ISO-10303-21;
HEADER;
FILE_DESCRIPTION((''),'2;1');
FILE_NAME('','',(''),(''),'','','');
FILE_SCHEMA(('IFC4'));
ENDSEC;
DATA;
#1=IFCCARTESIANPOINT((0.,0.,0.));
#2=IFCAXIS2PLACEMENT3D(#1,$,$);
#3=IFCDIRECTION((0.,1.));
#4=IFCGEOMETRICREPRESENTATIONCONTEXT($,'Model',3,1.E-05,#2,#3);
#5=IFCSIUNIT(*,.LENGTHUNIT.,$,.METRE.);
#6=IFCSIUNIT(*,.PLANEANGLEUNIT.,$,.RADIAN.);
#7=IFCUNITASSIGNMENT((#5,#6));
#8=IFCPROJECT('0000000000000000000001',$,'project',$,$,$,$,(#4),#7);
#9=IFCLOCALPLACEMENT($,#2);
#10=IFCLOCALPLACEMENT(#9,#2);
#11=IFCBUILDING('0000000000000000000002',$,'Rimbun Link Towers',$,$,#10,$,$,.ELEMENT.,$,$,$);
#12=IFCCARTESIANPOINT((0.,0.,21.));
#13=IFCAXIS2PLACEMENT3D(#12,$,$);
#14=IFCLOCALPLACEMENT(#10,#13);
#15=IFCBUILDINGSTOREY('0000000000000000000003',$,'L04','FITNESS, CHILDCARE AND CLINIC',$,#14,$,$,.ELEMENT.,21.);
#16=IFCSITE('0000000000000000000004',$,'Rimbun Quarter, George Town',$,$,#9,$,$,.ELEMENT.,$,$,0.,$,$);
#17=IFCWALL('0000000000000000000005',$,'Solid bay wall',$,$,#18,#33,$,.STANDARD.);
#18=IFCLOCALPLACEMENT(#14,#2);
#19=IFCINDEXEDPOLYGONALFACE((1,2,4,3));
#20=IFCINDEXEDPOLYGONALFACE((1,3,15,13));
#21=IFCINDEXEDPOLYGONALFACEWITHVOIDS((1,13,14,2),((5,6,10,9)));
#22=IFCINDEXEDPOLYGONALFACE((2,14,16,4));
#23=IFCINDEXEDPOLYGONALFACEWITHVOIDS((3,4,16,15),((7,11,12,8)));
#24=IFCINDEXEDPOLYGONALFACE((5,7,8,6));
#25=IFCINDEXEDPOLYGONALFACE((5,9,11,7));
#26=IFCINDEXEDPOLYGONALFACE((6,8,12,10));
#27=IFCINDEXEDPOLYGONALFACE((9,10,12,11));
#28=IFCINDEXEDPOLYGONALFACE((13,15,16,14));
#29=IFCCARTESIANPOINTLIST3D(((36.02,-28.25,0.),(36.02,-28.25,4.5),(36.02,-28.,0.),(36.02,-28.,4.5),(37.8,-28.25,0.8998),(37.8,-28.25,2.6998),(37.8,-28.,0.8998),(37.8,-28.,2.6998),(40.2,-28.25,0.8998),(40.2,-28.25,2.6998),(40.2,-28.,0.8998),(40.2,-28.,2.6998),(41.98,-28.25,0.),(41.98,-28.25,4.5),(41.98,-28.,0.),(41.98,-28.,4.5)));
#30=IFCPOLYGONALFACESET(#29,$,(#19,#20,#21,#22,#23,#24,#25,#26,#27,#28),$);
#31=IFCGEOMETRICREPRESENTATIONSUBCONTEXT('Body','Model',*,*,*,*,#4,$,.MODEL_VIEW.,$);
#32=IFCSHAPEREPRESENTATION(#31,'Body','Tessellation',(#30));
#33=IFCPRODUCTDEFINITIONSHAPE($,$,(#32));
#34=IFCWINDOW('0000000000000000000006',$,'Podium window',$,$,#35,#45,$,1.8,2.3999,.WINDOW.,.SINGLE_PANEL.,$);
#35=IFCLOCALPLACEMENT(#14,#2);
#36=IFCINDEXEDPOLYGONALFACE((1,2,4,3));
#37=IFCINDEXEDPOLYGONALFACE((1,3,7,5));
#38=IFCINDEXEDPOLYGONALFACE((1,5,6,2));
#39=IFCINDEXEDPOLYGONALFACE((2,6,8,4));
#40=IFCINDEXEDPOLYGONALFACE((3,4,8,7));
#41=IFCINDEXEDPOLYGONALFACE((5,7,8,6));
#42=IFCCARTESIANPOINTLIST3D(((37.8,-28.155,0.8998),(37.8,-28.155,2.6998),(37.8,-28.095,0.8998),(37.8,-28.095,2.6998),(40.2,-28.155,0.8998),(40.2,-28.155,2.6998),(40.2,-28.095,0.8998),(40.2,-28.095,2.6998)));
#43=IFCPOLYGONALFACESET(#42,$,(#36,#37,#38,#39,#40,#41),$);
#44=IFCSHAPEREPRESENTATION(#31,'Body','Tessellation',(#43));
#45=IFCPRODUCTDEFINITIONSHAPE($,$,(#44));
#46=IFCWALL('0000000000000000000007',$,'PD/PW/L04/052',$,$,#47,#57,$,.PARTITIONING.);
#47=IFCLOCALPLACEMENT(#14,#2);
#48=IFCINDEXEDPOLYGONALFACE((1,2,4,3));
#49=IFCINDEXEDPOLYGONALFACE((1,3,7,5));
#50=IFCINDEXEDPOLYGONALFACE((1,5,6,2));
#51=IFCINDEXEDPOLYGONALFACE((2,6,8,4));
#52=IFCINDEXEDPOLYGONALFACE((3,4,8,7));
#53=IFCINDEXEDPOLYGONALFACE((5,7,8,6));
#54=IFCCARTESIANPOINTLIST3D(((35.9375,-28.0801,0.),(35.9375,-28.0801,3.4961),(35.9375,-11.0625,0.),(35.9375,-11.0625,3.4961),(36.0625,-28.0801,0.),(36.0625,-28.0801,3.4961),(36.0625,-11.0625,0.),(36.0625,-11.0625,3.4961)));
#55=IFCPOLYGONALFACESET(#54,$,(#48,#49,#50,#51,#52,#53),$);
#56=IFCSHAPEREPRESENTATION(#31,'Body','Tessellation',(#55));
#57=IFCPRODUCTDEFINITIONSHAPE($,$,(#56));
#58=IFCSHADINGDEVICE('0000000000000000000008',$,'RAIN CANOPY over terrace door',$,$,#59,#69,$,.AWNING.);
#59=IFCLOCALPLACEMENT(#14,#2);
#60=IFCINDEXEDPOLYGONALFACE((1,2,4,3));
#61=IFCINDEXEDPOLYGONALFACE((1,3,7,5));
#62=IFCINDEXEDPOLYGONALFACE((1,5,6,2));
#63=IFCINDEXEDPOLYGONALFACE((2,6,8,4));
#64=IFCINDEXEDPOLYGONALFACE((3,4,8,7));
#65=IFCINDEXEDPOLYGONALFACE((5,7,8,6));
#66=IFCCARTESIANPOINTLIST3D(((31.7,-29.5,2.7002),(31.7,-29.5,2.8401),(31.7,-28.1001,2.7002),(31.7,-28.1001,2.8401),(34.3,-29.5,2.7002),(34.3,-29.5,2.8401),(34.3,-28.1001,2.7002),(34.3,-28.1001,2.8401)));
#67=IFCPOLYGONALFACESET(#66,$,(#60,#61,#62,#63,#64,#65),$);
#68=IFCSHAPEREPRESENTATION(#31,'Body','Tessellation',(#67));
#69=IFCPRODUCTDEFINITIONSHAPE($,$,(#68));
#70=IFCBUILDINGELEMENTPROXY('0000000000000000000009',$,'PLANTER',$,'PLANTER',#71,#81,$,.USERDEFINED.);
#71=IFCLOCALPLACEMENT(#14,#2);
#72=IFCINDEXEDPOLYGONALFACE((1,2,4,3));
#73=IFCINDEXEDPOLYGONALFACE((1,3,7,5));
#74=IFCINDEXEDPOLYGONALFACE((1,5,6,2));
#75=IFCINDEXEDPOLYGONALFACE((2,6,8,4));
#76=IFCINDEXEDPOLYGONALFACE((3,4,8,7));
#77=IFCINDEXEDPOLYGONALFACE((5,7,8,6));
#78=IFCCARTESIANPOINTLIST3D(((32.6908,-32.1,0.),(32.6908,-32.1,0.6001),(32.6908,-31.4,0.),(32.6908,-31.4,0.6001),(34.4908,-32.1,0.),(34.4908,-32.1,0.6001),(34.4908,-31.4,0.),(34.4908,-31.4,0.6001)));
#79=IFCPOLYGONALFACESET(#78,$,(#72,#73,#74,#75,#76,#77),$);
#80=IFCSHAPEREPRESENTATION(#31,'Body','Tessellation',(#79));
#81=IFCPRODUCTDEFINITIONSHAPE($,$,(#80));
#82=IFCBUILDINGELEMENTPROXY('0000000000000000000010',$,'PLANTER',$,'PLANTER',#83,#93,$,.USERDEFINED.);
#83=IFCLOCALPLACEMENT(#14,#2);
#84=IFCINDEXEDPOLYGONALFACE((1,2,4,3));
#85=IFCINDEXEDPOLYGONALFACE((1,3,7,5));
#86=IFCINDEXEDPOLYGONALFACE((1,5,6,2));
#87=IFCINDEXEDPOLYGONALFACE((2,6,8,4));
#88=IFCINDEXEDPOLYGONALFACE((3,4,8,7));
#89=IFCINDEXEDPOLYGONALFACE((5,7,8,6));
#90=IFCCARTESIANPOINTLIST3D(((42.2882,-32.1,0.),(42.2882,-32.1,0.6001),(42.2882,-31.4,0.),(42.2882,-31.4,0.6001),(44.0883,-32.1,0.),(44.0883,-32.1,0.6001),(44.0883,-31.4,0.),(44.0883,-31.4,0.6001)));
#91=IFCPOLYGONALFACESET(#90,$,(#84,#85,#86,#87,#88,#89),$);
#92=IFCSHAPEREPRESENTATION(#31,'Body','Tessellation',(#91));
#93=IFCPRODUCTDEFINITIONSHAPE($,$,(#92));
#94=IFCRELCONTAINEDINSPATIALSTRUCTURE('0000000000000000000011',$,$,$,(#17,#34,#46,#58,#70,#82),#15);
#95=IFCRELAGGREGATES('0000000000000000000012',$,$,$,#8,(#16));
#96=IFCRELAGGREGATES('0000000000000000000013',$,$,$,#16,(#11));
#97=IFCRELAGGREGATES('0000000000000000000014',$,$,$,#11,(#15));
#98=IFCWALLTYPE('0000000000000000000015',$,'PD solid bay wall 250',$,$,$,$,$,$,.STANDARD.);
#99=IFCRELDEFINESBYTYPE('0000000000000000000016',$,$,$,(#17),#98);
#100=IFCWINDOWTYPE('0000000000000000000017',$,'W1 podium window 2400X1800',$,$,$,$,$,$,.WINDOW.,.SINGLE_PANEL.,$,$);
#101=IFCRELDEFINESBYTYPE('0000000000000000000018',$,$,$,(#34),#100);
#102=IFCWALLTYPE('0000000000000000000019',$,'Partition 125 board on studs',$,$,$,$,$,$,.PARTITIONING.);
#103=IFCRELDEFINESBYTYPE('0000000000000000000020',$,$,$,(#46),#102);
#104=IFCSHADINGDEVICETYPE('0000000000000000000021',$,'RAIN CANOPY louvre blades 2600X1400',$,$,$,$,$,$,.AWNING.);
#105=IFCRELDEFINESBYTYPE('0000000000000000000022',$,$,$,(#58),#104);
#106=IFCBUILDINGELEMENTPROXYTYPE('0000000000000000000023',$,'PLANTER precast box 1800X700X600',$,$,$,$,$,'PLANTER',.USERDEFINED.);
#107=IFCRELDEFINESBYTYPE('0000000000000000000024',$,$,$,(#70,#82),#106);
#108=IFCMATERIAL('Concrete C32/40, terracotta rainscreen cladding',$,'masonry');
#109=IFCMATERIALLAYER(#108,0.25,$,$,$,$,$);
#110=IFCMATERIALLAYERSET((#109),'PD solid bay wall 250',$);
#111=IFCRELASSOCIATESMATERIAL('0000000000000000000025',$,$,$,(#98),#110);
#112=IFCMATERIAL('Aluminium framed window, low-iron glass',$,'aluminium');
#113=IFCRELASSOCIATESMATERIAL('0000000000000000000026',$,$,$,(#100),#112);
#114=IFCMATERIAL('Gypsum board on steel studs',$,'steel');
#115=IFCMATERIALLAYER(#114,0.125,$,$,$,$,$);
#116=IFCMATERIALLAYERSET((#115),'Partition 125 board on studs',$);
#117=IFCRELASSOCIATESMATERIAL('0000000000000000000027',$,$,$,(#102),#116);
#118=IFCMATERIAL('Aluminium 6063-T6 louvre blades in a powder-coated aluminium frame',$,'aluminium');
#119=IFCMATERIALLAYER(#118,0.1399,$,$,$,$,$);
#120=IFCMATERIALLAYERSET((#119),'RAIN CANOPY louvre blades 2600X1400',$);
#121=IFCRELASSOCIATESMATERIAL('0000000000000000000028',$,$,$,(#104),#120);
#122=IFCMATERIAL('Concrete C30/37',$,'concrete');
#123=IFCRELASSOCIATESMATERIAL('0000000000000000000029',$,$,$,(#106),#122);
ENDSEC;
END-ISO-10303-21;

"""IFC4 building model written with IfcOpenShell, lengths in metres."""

from ifc_helpers import new_model, si_unit, direction, frame, frame_2d, origin, origin_2d, place, context, subcontext, project, spatial, rectangle, extrude, material, layer, layer_set, type_object, element, fill, save


model = new_model("IFC4")

# Units and contexts
model_context = context("Model", 3, precision=1e-05, world=origin(), true_north=direction((0.0, 1.0)))
body_context = subcontext(model_context, "Body", "Model", "MODEL_VIEW")
ifc_project = project(units=[si_unit("LENGTHUNIT", "METRE"), si_unit("PLANEANGLEUNIT", "RADIAN")], contexts=[model_context])

# Site, building, storey
site_placement = place(None, origin())
site = spatial("IfcSite", under=ifc_project, at=site_placement, Name="Rimbun Quarter, George Town", CompositionType="ELEMENT", RefElevation=0.0)
building_placement = place(site_placement, origin())
building = spatial("IfcBuilding", under=site, at=building_placement, Name="Rimbun Link Towers", CompositionType="ELEMENT")
storey_placement = place(building_placement, frame((0.0, 0.0, 21.0)))
storey = spatial("IfcBuildingStorey", under=building, at=storey_placement, Name="L04", Description="FITNESS, CHILDCARE AND CLINIC", CompositionType="ELEMENT", Elevation=21.0)

# Wall, opening, window
ifc_material_1 = material(Name="Concrete C32/40, terracotta rainscreen cladding", Category="masonry")
ifc_layer_1 = layer(ifc_material_1, 0.25)
ifc_layer_set_1 = layer_set([ifc_layer_1], Name="PD solid bay wall 250")
wall_type_1 = type_object("IfcWallType", Name="PD solid bay wall 250", PredefinedType="STANDARD", material=ifc_layer_set_1)
wall_1_placement = place(storey_placement, frame((41.98, -28.125, 0.0), z_axis=(0.0, 0.0, 1.0), x_axis=(-1.0, 0.0, 0.0)))
wall_1 = element("IfcWall", 1, at=wall_1_placement, inside=storey, type_object=wall_type_1, Name="Solid bay wall", PredefinedType="STANDARD", context=body_context, shape_type="SweptSolid", body=[
    extrude(rectangle(XDim=5.96, YDim=0.25, at=frame_2d((2.98, 0.0))), origin(), (0.0, 0.0, 1.0), 4.5),
])
opening_1_placement = place(wall_1_placement, frame((1.78, 0.0, 0.8999)))
opening_1 = element("IfcOpeningElement", 2, at=opening_1_placement, cuts=wall_1, PredefinedType="OPENING", context=body_context, shape_type="SweptSolid", body=[
    extrude(rectangle(XDim=2.3999, YDim=1.8, at=frame_2d((1.2, 0.8999))), frame((0.0, 0.135, 0.0), z_axis=(0.0, -1.0, 0.0), x_axis=(1.0, 0.0, 0.0)), (0.0, 0.0, 1.0), 0.27),
])
ifc_material_2 = material(Name="Aluminium framed window, low-iron glass", Category="aluminium")
window_type = type_object("IfcWindowType", Name="W1 podium window 2400X1800", PartitioningType="SINGLE_PANEL", PredefinedType="WINDOW", material=ifc_material_2)
window_placement = place(opening_1_placement, origin())
window = element("IfcWindow", 3, at=window_placement, inside=storey, type_object=window_type, Name="Podium window", OverallHeight=1.8, OverallWidth=2.3999, PartitioningType="SINGLE_PANEL", PredefinedType="WINDOW", context=body_context, shape_type="SweptSolid", body=[
    extrude(rectangle(XDim=2.3999, YDim=1.8, at=frame_2d((1.2, 0.8999))), frame((0.0, 0.03, 0.0), z_axis=(0.0, -1.0, 0.0), x_axis=(1.0, 0.0, 0.0)), (0.0, 0.0, 1.0), 0.0601),
])
fill(opening_1, window)

# Wall
ifc_material_3 = material(Name="Gypsum board on steel studs", Category="steel")
ifc_layer_2 = layer(ifc_material_3, 0.125)
ifc_layer_set_2 = layer_set([ifc_layer_2], Name="Partition 125 board on studs")
wall_type_2 = type_object("IfcWallType", Name="Partition 125 board on studs", PredefinedType="PARTITIONING", material=ifc_layer_set_2)
wall_2_placement = place(storey_placement, frame((36.0, -28.0801, 0.0), z_axis=(0.0, 0.0, 1.0), x_axis=(0.0, 1.0, 0.0)))
element("IfcWall", 4, at=wall_2_placement, inside=storey, type_object=wall_type_2, Name="PD/PW/L04/052", PredefinedType="PARTITIONING", context=body_context, shape_type="SweptSolid", body=[
    extrude(rectangle(XDim=17.0176, YDim=0.125, at=frame_2d((8.5088, 0.0))), origin(), (0.0, 0.0, 1.0), 3.4961),
])

# Shading device
ifc_material_4 = material(Name="Aluminium 6063-T6 louvre blades in a powder-coated aluminium frame", Category="aluminium")
ifc_layer_3 = layer(ifc_material_4, 0.1399)
ifc_layer_set_3 = layer_set([ifc_layer_3], Name="RAIN CANOPY louvre blades 2600X1400")
shading_device_type = type_object("IfcShadingDeviceType", Name="RAIN CANOPY louvre blades 2600X1400", PredefinedType="AWNING", material=ifc_layer_set_3)
shading_device_placement = place(storey_placement, frame((33.0, -28.8, 2.7002), z_axis=(0.0, 0.0, 1.0), x_axis=(-1.0, 0.0, 0.0)))
element("IfcShadingDevice", 5, at=shading_device_placement, inside=storey, type_object=shading_device_type, Name="RAIN CANOPY over terrace door", PredefinedType="AWNING", context=body_context, shape_type="SweptSolid", body=[
    extrude(rectangle(XDim=2.6001, YDim=1.3999, at=origin_2d()), origin(), (0.0, 0.0, 1.0), 0.1399),
])

# Building element proxies
ifc_material_5 = material(Name="Concrete C30/37", Category="concrete")
building_element_proxy_type = type_object("IfcBuildingElementProxyType", Name="PLANTER precast box 1800X700X600", ElementType="PLANTER", PredefinedType="USERDEFINED", material=ifc_material_5)
for number, where, z_axis, x_axis, name in (
    (6, (33.5908, -31.75, 0.0), (0.0, 0.0, 1.0), (1.0, 0.0, 0.0), "PLANTER"),
    (7, (43.1882, -31.75, 0.0), (0.0, 0.0, 1.0), (1.0, 0.0, 0.0), "PLANTER"),
):
    element("IfcBuildingElementProxy", number, at=place(storey_placement, frame(where, z_axis=z_axis, x_axis=x_axis)), inside=storey, type_object=building_element_proxy_type, Name=name, ObjectType="PLANTER", PredefinedType="USERDEFINED", context=body_context, shape_type="SweptSolid", body=[
        extrude(rectangle(XDim=1.8, YDim=0.7, at=origin_2d()), origin(), (0.0, 0.0, 1.0), 0.6001),
    ])

save(model, "model.ifc")
